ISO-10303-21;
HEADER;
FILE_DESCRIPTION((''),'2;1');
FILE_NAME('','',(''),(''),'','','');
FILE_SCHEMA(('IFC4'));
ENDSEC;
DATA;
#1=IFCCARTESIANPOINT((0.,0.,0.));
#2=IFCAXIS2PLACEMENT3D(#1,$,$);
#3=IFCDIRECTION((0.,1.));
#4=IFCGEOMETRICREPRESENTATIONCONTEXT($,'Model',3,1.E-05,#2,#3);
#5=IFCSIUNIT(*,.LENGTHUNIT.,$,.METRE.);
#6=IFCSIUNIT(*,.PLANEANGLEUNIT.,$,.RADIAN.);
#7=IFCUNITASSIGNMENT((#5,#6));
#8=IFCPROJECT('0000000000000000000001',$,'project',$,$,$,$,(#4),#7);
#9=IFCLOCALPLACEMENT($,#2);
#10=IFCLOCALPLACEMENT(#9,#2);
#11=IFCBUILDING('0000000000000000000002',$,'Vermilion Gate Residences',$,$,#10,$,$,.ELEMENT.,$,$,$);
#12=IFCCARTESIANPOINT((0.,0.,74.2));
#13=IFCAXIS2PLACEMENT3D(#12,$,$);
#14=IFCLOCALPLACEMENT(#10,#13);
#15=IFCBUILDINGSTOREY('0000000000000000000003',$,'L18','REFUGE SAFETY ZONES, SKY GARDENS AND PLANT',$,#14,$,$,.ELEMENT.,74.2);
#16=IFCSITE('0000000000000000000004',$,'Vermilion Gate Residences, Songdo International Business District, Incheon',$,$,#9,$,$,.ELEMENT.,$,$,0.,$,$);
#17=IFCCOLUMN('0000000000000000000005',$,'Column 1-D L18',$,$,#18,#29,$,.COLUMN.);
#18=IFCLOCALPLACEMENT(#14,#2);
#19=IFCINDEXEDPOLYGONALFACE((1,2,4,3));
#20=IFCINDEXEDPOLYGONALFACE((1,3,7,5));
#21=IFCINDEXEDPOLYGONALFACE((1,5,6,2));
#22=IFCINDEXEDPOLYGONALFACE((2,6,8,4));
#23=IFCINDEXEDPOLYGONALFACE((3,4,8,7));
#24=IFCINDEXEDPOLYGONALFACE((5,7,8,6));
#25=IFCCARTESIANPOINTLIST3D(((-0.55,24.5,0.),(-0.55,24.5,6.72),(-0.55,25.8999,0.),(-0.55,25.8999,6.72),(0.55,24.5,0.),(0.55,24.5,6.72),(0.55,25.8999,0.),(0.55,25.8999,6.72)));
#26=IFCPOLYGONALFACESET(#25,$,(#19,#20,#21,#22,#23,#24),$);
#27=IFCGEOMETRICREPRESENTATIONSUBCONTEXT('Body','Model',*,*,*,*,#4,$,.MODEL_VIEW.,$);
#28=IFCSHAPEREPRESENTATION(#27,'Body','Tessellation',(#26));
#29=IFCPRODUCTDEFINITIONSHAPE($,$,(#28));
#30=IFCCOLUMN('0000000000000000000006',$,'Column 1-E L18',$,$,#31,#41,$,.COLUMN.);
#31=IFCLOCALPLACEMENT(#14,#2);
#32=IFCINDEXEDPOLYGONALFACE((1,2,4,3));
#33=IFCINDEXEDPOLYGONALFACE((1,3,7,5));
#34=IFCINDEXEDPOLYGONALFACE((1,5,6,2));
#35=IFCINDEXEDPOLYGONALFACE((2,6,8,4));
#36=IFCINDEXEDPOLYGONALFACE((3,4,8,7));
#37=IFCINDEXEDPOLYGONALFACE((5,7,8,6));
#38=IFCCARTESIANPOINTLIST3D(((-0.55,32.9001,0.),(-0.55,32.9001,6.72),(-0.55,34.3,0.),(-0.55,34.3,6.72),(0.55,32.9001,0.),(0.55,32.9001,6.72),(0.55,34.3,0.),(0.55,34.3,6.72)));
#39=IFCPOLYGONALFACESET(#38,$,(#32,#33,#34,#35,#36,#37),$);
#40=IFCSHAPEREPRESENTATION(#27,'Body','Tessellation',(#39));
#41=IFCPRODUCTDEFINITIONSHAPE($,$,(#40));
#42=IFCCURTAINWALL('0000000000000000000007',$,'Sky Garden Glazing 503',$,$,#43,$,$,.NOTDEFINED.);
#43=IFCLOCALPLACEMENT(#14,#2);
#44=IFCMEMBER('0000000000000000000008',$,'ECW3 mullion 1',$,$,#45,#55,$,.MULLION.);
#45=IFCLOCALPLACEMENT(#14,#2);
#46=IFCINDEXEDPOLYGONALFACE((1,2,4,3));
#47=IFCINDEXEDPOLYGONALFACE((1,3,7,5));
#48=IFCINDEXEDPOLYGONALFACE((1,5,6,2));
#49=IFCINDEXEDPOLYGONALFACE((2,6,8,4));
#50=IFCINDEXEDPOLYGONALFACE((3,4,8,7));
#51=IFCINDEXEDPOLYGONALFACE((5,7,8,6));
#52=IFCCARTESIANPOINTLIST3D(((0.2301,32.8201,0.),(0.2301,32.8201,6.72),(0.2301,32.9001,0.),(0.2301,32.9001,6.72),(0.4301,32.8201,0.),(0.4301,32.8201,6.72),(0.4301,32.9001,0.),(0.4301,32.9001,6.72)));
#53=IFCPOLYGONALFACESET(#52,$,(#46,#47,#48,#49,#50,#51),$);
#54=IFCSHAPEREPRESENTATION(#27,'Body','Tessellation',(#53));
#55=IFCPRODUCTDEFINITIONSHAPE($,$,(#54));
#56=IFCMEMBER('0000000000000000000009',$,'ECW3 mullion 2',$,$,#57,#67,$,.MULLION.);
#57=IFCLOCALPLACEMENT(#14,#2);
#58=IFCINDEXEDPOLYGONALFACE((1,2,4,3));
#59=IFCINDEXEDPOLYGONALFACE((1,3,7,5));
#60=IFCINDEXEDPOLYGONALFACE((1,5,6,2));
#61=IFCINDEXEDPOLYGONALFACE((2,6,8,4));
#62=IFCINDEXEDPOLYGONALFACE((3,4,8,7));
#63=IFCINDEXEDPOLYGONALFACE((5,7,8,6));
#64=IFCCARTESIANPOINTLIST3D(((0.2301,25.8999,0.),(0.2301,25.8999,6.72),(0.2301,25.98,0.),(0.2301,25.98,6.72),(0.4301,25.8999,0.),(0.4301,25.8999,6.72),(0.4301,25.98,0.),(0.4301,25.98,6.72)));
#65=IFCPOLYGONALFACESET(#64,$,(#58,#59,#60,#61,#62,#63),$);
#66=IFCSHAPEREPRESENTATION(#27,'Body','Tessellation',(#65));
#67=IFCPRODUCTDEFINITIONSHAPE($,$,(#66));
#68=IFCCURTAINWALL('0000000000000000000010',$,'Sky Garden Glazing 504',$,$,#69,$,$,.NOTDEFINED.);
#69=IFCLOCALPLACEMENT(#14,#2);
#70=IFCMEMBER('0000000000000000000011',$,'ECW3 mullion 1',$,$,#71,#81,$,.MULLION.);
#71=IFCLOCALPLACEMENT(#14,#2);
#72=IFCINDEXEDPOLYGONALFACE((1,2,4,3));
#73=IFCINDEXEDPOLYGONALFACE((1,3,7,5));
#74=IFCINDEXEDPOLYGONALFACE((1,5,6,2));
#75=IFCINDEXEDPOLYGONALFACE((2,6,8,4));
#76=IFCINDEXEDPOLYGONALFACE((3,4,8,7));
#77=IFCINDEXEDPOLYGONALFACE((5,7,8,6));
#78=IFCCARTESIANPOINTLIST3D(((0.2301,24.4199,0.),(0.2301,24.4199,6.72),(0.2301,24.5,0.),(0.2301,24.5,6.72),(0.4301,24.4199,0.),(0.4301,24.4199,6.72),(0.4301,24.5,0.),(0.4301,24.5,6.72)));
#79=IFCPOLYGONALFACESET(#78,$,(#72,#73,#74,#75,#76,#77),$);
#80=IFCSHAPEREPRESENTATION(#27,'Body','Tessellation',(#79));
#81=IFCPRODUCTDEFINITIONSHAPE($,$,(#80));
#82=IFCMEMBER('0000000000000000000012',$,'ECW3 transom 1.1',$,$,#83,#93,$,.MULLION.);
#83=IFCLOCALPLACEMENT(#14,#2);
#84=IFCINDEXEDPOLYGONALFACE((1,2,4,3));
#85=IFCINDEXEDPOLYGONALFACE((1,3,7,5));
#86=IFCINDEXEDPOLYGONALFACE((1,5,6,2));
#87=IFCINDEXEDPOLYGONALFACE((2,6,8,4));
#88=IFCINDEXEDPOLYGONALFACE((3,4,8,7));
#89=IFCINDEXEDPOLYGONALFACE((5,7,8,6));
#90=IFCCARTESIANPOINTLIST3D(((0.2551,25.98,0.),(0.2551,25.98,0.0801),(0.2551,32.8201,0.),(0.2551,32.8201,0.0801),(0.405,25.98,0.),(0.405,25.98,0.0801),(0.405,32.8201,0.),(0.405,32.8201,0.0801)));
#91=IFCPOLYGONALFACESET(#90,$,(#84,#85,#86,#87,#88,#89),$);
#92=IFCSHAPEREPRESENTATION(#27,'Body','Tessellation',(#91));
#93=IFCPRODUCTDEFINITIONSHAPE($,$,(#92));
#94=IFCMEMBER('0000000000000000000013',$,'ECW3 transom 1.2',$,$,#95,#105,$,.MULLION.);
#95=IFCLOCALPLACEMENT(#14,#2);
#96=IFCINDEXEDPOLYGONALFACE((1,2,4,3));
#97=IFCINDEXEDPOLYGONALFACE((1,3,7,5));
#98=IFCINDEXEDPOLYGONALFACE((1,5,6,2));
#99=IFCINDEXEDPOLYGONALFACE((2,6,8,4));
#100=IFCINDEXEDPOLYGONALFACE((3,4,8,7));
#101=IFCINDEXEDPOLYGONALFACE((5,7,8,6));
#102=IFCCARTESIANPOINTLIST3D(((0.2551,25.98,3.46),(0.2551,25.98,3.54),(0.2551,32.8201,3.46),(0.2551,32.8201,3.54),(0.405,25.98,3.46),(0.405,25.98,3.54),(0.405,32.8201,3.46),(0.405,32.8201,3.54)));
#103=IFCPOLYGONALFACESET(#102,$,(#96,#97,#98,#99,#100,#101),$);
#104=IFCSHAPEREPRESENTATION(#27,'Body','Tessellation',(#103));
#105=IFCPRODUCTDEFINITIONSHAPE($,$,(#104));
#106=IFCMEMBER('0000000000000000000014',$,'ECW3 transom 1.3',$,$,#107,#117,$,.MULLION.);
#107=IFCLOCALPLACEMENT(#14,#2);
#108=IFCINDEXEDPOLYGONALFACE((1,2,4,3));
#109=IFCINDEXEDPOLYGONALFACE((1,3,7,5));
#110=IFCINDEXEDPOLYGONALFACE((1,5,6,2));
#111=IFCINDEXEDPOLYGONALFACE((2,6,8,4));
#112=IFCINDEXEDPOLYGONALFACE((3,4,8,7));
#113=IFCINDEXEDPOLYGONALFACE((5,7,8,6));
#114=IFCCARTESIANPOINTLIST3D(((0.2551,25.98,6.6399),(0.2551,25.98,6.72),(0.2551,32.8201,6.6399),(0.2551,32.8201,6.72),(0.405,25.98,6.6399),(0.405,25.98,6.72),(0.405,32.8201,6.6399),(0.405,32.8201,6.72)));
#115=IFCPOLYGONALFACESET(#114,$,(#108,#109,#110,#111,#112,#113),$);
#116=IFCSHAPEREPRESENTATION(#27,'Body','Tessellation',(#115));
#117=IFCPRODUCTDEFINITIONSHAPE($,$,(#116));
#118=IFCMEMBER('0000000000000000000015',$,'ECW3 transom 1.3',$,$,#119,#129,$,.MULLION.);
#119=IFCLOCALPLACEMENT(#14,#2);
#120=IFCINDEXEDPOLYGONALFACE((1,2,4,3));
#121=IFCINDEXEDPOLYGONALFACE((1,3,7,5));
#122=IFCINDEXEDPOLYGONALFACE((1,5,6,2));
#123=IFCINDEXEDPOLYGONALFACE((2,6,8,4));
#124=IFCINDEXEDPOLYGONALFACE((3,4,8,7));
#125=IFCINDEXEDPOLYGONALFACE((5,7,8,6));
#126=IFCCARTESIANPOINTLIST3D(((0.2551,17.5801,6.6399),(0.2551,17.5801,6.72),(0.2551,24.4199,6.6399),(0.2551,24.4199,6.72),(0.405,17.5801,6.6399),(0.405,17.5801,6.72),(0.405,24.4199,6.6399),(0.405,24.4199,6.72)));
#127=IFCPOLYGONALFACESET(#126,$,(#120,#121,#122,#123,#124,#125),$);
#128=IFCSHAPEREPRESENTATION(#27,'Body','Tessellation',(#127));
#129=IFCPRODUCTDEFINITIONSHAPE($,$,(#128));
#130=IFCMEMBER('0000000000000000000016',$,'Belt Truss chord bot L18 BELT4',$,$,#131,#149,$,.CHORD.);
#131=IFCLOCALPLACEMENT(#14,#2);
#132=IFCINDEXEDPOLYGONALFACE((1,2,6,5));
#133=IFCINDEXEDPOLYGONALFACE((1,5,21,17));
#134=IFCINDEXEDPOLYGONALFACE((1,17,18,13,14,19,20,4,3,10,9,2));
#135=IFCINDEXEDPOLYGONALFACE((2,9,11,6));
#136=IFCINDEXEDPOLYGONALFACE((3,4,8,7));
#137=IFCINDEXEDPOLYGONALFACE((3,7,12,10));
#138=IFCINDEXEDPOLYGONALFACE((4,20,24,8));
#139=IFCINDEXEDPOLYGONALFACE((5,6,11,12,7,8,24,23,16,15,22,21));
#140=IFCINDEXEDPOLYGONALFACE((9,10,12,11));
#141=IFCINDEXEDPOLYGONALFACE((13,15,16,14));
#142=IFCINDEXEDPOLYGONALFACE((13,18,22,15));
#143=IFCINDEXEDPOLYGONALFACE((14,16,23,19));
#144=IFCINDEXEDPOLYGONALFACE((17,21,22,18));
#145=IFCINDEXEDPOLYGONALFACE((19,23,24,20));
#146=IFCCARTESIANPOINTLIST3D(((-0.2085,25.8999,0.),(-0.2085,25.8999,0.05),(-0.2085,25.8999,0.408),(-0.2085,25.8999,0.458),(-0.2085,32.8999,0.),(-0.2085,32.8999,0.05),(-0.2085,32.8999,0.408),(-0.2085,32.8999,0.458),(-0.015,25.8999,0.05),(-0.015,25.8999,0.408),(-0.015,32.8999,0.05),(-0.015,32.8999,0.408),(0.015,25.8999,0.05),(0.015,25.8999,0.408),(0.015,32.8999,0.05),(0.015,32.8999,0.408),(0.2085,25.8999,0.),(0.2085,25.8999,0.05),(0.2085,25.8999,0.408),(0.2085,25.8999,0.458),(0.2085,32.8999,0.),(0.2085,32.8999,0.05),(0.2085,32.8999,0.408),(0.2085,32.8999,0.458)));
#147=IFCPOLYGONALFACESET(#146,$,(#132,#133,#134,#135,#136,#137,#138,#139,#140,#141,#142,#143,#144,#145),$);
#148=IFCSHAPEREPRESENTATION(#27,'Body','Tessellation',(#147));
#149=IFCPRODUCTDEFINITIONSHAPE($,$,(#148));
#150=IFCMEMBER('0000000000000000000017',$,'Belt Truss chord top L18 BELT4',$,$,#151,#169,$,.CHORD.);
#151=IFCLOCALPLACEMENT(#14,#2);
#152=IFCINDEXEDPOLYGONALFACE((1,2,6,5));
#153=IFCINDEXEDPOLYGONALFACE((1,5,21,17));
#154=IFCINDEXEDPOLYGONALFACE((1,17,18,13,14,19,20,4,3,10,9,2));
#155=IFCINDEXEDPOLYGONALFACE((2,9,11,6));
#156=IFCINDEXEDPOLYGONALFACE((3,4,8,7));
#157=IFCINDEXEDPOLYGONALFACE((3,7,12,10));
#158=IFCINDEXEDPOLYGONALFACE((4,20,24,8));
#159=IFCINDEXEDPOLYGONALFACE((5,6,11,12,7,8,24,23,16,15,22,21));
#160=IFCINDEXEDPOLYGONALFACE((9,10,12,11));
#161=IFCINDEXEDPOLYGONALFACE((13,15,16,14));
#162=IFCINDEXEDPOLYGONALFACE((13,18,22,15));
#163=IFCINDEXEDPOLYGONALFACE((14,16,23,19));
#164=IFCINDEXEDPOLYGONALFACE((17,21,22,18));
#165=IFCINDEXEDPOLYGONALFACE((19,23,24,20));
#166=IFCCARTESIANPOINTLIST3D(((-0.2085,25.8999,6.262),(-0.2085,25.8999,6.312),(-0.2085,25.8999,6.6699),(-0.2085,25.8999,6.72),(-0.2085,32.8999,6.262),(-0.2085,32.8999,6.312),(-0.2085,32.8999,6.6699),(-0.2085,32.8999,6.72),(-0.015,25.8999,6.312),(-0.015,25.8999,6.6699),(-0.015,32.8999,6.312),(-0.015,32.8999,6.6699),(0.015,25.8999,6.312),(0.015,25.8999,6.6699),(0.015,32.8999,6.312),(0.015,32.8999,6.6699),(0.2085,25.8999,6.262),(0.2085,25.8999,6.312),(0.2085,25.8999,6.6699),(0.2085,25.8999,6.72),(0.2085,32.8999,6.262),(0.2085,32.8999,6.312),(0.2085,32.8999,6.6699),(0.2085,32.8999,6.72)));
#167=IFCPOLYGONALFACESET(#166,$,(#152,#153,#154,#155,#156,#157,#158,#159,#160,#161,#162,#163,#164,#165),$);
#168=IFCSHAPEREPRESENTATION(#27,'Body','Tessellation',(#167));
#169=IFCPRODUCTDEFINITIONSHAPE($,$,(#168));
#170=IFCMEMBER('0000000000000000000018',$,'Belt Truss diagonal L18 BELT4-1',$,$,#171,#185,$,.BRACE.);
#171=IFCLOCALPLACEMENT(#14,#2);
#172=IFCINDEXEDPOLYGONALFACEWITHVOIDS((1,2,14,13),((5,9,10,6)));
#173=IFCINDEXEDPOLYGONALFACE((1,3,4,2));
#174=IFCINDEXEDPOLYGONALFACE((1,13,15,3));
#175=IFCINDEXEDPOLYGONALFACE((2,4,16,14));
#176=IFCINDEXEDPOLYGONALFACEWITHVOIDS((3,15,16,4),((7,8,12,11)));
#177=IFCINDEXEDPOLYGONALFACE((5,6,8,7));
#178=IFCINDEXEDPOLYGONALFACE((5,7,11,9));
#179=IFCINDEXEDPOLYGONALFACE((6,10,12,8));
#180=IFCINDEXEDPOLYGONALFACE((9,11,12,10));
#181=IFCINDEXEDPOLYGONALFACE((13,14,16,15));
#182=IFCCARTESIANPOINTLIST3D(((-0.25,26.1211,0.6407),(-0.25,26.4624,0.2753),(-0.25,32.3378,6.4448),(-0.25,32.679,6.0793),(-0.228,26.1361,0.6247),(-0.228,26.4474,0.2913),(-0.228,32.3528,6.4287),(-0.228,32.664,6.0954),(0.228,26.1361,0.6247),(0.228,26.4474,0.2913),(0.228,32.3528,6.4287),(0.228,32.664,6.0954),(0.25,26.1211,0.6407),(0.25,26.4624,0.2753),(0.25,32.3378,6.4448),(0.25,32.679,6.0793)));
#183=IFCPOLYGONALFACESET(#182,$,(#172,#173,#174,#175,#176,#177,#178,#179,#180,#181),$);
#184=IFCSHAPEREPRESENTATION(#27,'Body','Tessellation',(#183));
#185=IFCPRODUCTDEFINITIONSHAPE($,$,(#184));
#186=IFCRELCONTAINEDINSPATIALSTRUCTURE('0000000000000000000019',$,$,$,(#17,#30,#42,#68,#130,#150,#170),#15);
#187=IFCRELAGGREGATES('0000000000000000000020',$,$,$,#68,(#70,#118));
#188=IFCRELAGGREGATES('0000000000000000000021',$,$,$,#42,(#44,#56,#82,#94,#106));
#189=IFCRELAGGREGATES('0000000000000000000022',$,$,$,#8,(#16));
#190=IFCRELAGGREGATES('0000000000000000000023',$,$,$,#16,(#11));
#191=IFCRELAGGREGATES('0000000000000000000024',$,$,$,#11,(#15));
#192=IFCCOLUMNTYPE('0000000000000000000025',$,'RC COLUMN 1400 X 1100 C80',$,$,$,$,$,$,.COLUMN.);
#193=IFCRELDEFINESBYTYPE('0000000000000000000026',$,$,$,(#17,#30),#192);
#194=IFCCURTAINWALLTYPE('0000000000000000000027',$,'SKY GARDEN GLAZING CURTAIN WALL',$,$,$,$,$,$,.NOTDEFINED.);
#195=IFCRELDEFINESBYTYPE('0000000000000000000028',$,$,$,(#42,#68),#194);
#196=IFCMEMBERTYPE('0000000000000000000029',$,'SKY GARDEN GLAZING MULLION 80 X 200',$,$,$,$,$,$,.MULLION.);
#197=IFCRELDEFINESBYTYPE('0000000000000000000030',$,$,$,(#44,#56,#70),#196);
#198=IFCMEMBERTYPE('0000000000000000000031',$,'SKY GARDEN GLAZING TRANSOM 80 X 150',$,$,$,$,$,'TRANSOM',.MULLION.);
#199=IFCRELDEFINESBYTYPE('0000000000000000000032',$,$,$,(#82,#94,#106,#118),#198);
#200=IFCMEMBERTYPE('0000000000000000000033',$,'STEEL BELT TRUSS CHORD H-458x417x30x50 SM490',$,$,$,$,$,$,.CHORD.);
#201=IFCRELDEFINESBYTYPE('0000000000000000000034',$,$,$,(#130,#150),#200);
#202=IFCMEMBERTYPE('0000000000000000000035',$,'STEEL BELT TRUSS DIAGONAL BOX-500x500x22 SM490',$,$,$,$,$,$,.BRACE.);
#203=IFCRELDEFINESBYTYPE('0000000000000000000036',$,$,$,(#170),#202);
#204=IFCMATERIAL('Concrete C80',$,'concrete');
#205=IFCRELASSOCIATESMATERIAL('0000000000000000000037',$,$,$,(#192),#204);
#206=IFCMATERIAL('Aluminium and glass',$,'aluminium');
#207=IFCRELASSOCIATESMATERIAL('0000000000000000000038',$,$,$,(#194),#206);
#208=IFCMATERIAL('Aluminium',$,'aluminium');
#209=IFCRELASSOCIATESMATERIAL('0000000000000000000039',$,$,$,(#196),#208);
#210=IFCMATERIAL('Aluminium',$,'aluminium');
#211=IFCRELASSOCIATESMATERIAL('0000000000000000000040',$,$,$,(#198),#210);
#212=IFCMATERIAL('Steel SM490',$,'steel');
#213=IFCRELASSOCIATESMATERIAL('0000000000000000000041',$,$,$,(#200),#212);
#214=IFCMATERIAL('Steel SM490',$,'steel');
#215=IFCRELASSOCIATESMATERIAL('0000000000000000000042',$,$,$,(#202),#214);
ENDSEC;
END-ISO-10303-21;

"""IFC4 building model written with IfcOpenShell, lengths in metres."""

from ifc_helpers import new_model, si_unit, direction, frame, origin, origin_2d, place, context, subcontext, project, spatial, rectangle, hollow_rectangle, i_section, extrude, material, material_profile, profile_set, type_object, element, aggregate, save


model = new_model("IFC4")

# Units and contexts
model_context = context("Model", 3, precision=1e-05, world=origin(), true_north=direction((0.0, 1.0)))
body_context = subcontext(model_context, "Body", "Model", "MODEL_VIEW")
ifc_project = project(units=[si_unit("LENGTHUNIT", "METRE"), si_unit("PLANEANGLEUNIT", "RADIAN")], contexts=[model_context])

# Site, building, storey
site_placement = place(None, origin())
site = spatial("IfcSite", under=ifc_project, at=site_placement, Name="Vermilion Gate Residences, Songdo International Business District, Incheon", CompositionType="ELEMENT", RefElevation=0.0)
building_placement = place(site_placement, origin())
building = spatial("IfcBuilding", under=site, at=building_placement, Name="Vermilion Gate Residences", CompositionType="ELEMENT")
storey_placement = place(building_placement, frame((0.0, 0.0, 74.2)))
storey = spatial("IfcBuildingStorey", under=building, at=storey_placement, Name="L18", Description="REFUGE SAFETY ZONES, SKY GARDENS AND PLANT", CompositionType="ELEMENT", Elevation=74.2)

# Columns
ifc_material_1 = material(Name="Concrete C80", Category="concrete")
ifc_material_profile_1 = material_profile(ifc_material_1, rectangle(XDim=1.3999, YDim=1.1001, at=origin_2d()), Name="RC-1400x1100")
ifc_profile_set_1 = profile_set([ifc_material_profile_1], Name="Concrete C80")
column_type = type_object("IfcColumnType", Name="RC COLUMN 1400 X 1100 C80", PredefinedType="COLUMN", material=ifc_profile_set_1)
for number, where, z_axis, x_axis, name in (
    (1, (0.0, 25.2, 0.0), (0.0, 0.0, 1.0), (0.0, 1.0, 0.0), "Column 1-D L18"),
    (2, (0.0, 33.6001, 0.0), (0.0, 0.0, 1.0), (0.0, 1.0, 0.0), "Column 1-E L18"),
):
    element("IfcColumn", number, at=place(storey_placement, frame(where, z_axis=z_axis, x_axis=x_axis)), inside=storey, type_object=column_type, Name=name, PredefinedType="COLUMN", context=body_context, shape_type="SweptSolid", body=[
        extrude(rectangle(XDim=1.3999, YDim=1.1001, at=origin_2d()), origin(), (0.0, 0.0, 1.0), 6.72),
    ])

# Curtain wall, members
ifc_material_2 = material(Name="Aluminium and glass", Category="aluminium")
curtain_wall_type = type_object("IfcCurtainWallType", Name="SKY GARDEN GLAZING CURTAIN WALL", PredefinedType="NOTDEFINED", material=ifc_material_2)
curtain_wall_1_placement = place(storey_placement, origin())
curtain_wall_1 = element("IfcCurtainWall", 3, at=curtain_wall_1_placement, inside=storey, type_object=curtain_wall_type, Name="Sky Garden Glazing 503", PredefinedType="NOTDEFINED")
ifc_material_3 = material(Name="Aluminium", Category="aluminium")
ifc_material_profile_2 = material_profile(ifc_material_3, rectangle(XDim=0.2, YDim=0.0801, at=origin_2d()), Name="MULLION 80 X 200")
ifc_profile_set_2 = profile_set([ifc_material_profile_2], Name="Aluminium")
member_type_1 = type_object("IfcMemberType", Name="SKY GARDEN GLAZING MULLION 80 X 200", PredefinedType="MULLION", material=ifc_profile_set_2)
member_1_placement = place(storey_placement, frame((0.3301, 32.8601, 0.0), z_axis=(0.0, 0.0, 1.0), x_axis=(1.0, 0.0, 0.0)))
member_1 = element("IfcMember", 4, at=member_1_placement, type_object=member_type_1, Name="ECW3 mullion 1", PredefinedType="MULLION", context=body_context, shape_type="SweptSolid", body=[
    extrude(rectangle(XDim=0.2, YDim=0.0801, at=origin_2d()), origin(), (0.0, 0.0, 1.0), 6.72),
])
member_2_placement = place(storey_placement, frame((0.3301, 25.9399, 0.0), z_axis=(0.0, 0.0, 1.0), x_axis=(1.0, 0.0, 0.0)))
member_2 = element("IfcMember", 5, at=member_2_placement, type_object=member_type_1, Name="ECW3 mullion 2", PredefinedType="MULLION", context=body_context, shape_type="SweptSolid", body=[
    extrude(rectangle(XDim=0.2, YDim=0.0801, at=origin_2d()), origin(), (0.0, 0.0, 1.0), 6.72),
])

# Curtain wall, member
curtain_wall_2_placement = place(storey_placement, origin())
curtain_wall_2 = element("IfcCurtainWall", 6, at=curtain_wall_2_placement, inside=storey, type_object=curtain_wall_type, Name="Sky Garden Glazing 504", PredefinedType="NOTDEFINED")
member_3_placement = place(storey_placement, frame((0.3301, 24.46, 0.0), z_axis=(0.0, 0.0, 1.0), x_axis=(1.0, 0.0, 0.0)))
member_3 = element("IfcMember", 7, at=member_3_placement, type_object=member_type_1, Name="ECW3 mullion 1", PredefinedType="MULLION", context=body_context, shape_type="SweptSolid", body=[
    extrude(rectangle(XDim=0.2, YDim=0.0801, at=origin_2d()), origin(), (0.0, 0.0, 1.0), 6.72),
])

# Members
ifc_material_4 = material(Name="Aluminium", Category="aluminium")
ifc_material_profile_3 = material_profile(ifc_material_4, rectangle(XDim=0.1499, YDim=0.0801, at=origin_2d()), Name="TRANSOM 80 X 150")
ifc_profile_set_3 = profile_set([ifc_material_profile_3], Name="Aluminium")
member_type_2 = type_object("IfcMemberType", Name="SKY GARDEN GLAZING TRANSOM 80 X 150", ElementType="TRANSOM", PredefinedType="MULLION", material=ifc_profile_set_3)
member_4_placement = place(storey_placement, frame((0.3301, 32.8201, 0.04), z_axis=(0.0, -1.0, 0.0), x_axis=(1.0, 0.0, 0.0)))
member_4 = element("IfcMember", 8, at=member_4_placement, type_object=member_type_2, Name="ECW3 transom 1.1", PredefinedType="MULLION", context=body_context, shape_type="SweptSolid", body=[
    extrude(rectangle(XDim=0.1499, YDim=0.0801, at=origin_2d()), origin(), (0.0, 0.0, 1.0), 6.8401),
])
member_5_placement = place(storey_placement, frame((0.3301, 32.8201, 3.5), z_axis=(0.0, -1.0, 0.0), x_axis=(1.0, 0.0, 0.0)))
member_5 = element("IfcMember", 9, at=member_5_placement, type_object=member_type_2, Name="ECW3 transom 1.2", PredefinedType="MULLION", context=body_context, shape_type="SweptSolid", body=[
    extrude(rectangle(XDim=0.1499, YDim=0.0801, at=origin_2d()), origin(), (0.0, 0.0, 1.0), 6.8401),
])
member_6_placement = place(storey_placement, frame((0.3301, 32.8201, 6.6799), z_axis=(0.0, -1.0, 0.0), x_axis=(1.0, 0.0, 0.0)))
member_6 = element("IfcMember", 10, at=member_6_placement, type_object=member_type_2, Name="ECW3 transom 1.3", PredefinedType="MULLION", context=body_context, shape_type="SweptSolid", body=[
    extrude(rectangle(XDim=0.1499, YDim=0.0801, at=origin_2d()), origin(), (0.0, 0.0, 1.0), 6.8401),
])
member_7_placement = place(storey_placement, frame((0.3301, 24.4199, 6.6799), z_axis=(0.0, -1.0, 0.0), x_axis=(1.0, 0.0, 0.0)))
member_7 = element("IfcMember", 11, at=member_7_placement, type_object=member_type_2, Name="ECW3 transom 1.3", PredefinedType="MULLION", context=body_context, shape_type="SweptSolid", body=[
    extrude(rectangle(XDim=0.1499, YDim=0.0801, at=origin_2d()), origin(), (0.0, 0.0, 1.0), 6.8398),
])
aggregate(curtain_wall_2, [member_3, member_7])

# Members
ifc_material_5 = material(Name="Steel SM490", Category="steel")
ifc_material_profile_4 = material_profile(ifc_material_5, i_section(OverallWidth=0.417, OverallDepth=0.458, WebThickness=0.03, FlangeThickness=0.05, at=origin_2d()), Name="H-458x417x30x50")
ifc_profile_set_4 = profile_set([ifc_material_profile_4], Name="Steel SM490")
member_type_3 = type_object("IfcMemberType", Name="STEEL BELT TRUSS CHORD H-458x417x30x50 SM490", PredefinedType="CHORD", material=ifc_profile_set_4)
for number, where, z_axis, x_axis, name in (
    (12, (0.0, 25.8999, 0.229), (0.0, 1.0, 0.0), (-1.0, 0.0, 0.0), "Belt Truss chord bot L18 BELT4"),
    (13, (0.0, 25.8999, 6.491), (0.0, 1.0, 0.0), (-1.0, 0.0, 0.0), "Belt Truss chord top L18 BELT4"),
):
    element("IfcMember", number, at=place(storey_placement, frame(where, z_axis=z_axis, x_axis=x_axis)), inside=storey, type_object=member_type_3, Name=name, PredefinedType="CHORD", context=body_context, shape_type="SweptSolid", body=[
        extrude(i_section(OverallWidth=0.417, OverallDepth=0.458, WebThickness=0.03, FlangeThickness=0.05, at=origin_2d()), origin(), (0.0, 0.0, 1.0), 7.0),
    ])
ifc_material_6 = material(Name="Steel SM490", Category="steel")
ifc_material_profile_5 = material_profile(ifc_material_6, hollow_rectangle(XDim=0.5, YDim=0.5, WallThickness=0.022, at=origin_2d()), Name="BOX-500x500x22")
ifc_profile_set_5 = profile_set([ifc_material_profile_5], Name="Steel SM490")
member_type_4 = type_object("IfcMemberType", Name="STEEL BELT TRUSS DIAGONAL BOX-500x500x22 SM490", PredefinedType="BRACE", material=ifc_profile_set_5)
member_8_placement = place(storey_placement, frame((0.0, 26.2917, 0.458), z_axis=(0.0, 0.730947, 0.682434), x_axis=(-1.0, 0.0, 0.0)))
element("IfcMember", 14, at=member_8_placement, inside=storey, type_object=member_type_4, Name="Belt Truss diagonal L18 BELT4-1", PredefinedType="BRACE", context=body_context, shape_type="SweptSolid", body=[
    extrude(hollow_rectangle(XDim=0.5, YDim=0.5, WallThickness=0.022, at=origin_2d()), origin(), (0.0, 0.0, 1.0), 8.5049),
])

aggregate(curtain_wall_1, [member_1, member_2, member_4, member_5, member_6])

save(model, "model.ifc")
